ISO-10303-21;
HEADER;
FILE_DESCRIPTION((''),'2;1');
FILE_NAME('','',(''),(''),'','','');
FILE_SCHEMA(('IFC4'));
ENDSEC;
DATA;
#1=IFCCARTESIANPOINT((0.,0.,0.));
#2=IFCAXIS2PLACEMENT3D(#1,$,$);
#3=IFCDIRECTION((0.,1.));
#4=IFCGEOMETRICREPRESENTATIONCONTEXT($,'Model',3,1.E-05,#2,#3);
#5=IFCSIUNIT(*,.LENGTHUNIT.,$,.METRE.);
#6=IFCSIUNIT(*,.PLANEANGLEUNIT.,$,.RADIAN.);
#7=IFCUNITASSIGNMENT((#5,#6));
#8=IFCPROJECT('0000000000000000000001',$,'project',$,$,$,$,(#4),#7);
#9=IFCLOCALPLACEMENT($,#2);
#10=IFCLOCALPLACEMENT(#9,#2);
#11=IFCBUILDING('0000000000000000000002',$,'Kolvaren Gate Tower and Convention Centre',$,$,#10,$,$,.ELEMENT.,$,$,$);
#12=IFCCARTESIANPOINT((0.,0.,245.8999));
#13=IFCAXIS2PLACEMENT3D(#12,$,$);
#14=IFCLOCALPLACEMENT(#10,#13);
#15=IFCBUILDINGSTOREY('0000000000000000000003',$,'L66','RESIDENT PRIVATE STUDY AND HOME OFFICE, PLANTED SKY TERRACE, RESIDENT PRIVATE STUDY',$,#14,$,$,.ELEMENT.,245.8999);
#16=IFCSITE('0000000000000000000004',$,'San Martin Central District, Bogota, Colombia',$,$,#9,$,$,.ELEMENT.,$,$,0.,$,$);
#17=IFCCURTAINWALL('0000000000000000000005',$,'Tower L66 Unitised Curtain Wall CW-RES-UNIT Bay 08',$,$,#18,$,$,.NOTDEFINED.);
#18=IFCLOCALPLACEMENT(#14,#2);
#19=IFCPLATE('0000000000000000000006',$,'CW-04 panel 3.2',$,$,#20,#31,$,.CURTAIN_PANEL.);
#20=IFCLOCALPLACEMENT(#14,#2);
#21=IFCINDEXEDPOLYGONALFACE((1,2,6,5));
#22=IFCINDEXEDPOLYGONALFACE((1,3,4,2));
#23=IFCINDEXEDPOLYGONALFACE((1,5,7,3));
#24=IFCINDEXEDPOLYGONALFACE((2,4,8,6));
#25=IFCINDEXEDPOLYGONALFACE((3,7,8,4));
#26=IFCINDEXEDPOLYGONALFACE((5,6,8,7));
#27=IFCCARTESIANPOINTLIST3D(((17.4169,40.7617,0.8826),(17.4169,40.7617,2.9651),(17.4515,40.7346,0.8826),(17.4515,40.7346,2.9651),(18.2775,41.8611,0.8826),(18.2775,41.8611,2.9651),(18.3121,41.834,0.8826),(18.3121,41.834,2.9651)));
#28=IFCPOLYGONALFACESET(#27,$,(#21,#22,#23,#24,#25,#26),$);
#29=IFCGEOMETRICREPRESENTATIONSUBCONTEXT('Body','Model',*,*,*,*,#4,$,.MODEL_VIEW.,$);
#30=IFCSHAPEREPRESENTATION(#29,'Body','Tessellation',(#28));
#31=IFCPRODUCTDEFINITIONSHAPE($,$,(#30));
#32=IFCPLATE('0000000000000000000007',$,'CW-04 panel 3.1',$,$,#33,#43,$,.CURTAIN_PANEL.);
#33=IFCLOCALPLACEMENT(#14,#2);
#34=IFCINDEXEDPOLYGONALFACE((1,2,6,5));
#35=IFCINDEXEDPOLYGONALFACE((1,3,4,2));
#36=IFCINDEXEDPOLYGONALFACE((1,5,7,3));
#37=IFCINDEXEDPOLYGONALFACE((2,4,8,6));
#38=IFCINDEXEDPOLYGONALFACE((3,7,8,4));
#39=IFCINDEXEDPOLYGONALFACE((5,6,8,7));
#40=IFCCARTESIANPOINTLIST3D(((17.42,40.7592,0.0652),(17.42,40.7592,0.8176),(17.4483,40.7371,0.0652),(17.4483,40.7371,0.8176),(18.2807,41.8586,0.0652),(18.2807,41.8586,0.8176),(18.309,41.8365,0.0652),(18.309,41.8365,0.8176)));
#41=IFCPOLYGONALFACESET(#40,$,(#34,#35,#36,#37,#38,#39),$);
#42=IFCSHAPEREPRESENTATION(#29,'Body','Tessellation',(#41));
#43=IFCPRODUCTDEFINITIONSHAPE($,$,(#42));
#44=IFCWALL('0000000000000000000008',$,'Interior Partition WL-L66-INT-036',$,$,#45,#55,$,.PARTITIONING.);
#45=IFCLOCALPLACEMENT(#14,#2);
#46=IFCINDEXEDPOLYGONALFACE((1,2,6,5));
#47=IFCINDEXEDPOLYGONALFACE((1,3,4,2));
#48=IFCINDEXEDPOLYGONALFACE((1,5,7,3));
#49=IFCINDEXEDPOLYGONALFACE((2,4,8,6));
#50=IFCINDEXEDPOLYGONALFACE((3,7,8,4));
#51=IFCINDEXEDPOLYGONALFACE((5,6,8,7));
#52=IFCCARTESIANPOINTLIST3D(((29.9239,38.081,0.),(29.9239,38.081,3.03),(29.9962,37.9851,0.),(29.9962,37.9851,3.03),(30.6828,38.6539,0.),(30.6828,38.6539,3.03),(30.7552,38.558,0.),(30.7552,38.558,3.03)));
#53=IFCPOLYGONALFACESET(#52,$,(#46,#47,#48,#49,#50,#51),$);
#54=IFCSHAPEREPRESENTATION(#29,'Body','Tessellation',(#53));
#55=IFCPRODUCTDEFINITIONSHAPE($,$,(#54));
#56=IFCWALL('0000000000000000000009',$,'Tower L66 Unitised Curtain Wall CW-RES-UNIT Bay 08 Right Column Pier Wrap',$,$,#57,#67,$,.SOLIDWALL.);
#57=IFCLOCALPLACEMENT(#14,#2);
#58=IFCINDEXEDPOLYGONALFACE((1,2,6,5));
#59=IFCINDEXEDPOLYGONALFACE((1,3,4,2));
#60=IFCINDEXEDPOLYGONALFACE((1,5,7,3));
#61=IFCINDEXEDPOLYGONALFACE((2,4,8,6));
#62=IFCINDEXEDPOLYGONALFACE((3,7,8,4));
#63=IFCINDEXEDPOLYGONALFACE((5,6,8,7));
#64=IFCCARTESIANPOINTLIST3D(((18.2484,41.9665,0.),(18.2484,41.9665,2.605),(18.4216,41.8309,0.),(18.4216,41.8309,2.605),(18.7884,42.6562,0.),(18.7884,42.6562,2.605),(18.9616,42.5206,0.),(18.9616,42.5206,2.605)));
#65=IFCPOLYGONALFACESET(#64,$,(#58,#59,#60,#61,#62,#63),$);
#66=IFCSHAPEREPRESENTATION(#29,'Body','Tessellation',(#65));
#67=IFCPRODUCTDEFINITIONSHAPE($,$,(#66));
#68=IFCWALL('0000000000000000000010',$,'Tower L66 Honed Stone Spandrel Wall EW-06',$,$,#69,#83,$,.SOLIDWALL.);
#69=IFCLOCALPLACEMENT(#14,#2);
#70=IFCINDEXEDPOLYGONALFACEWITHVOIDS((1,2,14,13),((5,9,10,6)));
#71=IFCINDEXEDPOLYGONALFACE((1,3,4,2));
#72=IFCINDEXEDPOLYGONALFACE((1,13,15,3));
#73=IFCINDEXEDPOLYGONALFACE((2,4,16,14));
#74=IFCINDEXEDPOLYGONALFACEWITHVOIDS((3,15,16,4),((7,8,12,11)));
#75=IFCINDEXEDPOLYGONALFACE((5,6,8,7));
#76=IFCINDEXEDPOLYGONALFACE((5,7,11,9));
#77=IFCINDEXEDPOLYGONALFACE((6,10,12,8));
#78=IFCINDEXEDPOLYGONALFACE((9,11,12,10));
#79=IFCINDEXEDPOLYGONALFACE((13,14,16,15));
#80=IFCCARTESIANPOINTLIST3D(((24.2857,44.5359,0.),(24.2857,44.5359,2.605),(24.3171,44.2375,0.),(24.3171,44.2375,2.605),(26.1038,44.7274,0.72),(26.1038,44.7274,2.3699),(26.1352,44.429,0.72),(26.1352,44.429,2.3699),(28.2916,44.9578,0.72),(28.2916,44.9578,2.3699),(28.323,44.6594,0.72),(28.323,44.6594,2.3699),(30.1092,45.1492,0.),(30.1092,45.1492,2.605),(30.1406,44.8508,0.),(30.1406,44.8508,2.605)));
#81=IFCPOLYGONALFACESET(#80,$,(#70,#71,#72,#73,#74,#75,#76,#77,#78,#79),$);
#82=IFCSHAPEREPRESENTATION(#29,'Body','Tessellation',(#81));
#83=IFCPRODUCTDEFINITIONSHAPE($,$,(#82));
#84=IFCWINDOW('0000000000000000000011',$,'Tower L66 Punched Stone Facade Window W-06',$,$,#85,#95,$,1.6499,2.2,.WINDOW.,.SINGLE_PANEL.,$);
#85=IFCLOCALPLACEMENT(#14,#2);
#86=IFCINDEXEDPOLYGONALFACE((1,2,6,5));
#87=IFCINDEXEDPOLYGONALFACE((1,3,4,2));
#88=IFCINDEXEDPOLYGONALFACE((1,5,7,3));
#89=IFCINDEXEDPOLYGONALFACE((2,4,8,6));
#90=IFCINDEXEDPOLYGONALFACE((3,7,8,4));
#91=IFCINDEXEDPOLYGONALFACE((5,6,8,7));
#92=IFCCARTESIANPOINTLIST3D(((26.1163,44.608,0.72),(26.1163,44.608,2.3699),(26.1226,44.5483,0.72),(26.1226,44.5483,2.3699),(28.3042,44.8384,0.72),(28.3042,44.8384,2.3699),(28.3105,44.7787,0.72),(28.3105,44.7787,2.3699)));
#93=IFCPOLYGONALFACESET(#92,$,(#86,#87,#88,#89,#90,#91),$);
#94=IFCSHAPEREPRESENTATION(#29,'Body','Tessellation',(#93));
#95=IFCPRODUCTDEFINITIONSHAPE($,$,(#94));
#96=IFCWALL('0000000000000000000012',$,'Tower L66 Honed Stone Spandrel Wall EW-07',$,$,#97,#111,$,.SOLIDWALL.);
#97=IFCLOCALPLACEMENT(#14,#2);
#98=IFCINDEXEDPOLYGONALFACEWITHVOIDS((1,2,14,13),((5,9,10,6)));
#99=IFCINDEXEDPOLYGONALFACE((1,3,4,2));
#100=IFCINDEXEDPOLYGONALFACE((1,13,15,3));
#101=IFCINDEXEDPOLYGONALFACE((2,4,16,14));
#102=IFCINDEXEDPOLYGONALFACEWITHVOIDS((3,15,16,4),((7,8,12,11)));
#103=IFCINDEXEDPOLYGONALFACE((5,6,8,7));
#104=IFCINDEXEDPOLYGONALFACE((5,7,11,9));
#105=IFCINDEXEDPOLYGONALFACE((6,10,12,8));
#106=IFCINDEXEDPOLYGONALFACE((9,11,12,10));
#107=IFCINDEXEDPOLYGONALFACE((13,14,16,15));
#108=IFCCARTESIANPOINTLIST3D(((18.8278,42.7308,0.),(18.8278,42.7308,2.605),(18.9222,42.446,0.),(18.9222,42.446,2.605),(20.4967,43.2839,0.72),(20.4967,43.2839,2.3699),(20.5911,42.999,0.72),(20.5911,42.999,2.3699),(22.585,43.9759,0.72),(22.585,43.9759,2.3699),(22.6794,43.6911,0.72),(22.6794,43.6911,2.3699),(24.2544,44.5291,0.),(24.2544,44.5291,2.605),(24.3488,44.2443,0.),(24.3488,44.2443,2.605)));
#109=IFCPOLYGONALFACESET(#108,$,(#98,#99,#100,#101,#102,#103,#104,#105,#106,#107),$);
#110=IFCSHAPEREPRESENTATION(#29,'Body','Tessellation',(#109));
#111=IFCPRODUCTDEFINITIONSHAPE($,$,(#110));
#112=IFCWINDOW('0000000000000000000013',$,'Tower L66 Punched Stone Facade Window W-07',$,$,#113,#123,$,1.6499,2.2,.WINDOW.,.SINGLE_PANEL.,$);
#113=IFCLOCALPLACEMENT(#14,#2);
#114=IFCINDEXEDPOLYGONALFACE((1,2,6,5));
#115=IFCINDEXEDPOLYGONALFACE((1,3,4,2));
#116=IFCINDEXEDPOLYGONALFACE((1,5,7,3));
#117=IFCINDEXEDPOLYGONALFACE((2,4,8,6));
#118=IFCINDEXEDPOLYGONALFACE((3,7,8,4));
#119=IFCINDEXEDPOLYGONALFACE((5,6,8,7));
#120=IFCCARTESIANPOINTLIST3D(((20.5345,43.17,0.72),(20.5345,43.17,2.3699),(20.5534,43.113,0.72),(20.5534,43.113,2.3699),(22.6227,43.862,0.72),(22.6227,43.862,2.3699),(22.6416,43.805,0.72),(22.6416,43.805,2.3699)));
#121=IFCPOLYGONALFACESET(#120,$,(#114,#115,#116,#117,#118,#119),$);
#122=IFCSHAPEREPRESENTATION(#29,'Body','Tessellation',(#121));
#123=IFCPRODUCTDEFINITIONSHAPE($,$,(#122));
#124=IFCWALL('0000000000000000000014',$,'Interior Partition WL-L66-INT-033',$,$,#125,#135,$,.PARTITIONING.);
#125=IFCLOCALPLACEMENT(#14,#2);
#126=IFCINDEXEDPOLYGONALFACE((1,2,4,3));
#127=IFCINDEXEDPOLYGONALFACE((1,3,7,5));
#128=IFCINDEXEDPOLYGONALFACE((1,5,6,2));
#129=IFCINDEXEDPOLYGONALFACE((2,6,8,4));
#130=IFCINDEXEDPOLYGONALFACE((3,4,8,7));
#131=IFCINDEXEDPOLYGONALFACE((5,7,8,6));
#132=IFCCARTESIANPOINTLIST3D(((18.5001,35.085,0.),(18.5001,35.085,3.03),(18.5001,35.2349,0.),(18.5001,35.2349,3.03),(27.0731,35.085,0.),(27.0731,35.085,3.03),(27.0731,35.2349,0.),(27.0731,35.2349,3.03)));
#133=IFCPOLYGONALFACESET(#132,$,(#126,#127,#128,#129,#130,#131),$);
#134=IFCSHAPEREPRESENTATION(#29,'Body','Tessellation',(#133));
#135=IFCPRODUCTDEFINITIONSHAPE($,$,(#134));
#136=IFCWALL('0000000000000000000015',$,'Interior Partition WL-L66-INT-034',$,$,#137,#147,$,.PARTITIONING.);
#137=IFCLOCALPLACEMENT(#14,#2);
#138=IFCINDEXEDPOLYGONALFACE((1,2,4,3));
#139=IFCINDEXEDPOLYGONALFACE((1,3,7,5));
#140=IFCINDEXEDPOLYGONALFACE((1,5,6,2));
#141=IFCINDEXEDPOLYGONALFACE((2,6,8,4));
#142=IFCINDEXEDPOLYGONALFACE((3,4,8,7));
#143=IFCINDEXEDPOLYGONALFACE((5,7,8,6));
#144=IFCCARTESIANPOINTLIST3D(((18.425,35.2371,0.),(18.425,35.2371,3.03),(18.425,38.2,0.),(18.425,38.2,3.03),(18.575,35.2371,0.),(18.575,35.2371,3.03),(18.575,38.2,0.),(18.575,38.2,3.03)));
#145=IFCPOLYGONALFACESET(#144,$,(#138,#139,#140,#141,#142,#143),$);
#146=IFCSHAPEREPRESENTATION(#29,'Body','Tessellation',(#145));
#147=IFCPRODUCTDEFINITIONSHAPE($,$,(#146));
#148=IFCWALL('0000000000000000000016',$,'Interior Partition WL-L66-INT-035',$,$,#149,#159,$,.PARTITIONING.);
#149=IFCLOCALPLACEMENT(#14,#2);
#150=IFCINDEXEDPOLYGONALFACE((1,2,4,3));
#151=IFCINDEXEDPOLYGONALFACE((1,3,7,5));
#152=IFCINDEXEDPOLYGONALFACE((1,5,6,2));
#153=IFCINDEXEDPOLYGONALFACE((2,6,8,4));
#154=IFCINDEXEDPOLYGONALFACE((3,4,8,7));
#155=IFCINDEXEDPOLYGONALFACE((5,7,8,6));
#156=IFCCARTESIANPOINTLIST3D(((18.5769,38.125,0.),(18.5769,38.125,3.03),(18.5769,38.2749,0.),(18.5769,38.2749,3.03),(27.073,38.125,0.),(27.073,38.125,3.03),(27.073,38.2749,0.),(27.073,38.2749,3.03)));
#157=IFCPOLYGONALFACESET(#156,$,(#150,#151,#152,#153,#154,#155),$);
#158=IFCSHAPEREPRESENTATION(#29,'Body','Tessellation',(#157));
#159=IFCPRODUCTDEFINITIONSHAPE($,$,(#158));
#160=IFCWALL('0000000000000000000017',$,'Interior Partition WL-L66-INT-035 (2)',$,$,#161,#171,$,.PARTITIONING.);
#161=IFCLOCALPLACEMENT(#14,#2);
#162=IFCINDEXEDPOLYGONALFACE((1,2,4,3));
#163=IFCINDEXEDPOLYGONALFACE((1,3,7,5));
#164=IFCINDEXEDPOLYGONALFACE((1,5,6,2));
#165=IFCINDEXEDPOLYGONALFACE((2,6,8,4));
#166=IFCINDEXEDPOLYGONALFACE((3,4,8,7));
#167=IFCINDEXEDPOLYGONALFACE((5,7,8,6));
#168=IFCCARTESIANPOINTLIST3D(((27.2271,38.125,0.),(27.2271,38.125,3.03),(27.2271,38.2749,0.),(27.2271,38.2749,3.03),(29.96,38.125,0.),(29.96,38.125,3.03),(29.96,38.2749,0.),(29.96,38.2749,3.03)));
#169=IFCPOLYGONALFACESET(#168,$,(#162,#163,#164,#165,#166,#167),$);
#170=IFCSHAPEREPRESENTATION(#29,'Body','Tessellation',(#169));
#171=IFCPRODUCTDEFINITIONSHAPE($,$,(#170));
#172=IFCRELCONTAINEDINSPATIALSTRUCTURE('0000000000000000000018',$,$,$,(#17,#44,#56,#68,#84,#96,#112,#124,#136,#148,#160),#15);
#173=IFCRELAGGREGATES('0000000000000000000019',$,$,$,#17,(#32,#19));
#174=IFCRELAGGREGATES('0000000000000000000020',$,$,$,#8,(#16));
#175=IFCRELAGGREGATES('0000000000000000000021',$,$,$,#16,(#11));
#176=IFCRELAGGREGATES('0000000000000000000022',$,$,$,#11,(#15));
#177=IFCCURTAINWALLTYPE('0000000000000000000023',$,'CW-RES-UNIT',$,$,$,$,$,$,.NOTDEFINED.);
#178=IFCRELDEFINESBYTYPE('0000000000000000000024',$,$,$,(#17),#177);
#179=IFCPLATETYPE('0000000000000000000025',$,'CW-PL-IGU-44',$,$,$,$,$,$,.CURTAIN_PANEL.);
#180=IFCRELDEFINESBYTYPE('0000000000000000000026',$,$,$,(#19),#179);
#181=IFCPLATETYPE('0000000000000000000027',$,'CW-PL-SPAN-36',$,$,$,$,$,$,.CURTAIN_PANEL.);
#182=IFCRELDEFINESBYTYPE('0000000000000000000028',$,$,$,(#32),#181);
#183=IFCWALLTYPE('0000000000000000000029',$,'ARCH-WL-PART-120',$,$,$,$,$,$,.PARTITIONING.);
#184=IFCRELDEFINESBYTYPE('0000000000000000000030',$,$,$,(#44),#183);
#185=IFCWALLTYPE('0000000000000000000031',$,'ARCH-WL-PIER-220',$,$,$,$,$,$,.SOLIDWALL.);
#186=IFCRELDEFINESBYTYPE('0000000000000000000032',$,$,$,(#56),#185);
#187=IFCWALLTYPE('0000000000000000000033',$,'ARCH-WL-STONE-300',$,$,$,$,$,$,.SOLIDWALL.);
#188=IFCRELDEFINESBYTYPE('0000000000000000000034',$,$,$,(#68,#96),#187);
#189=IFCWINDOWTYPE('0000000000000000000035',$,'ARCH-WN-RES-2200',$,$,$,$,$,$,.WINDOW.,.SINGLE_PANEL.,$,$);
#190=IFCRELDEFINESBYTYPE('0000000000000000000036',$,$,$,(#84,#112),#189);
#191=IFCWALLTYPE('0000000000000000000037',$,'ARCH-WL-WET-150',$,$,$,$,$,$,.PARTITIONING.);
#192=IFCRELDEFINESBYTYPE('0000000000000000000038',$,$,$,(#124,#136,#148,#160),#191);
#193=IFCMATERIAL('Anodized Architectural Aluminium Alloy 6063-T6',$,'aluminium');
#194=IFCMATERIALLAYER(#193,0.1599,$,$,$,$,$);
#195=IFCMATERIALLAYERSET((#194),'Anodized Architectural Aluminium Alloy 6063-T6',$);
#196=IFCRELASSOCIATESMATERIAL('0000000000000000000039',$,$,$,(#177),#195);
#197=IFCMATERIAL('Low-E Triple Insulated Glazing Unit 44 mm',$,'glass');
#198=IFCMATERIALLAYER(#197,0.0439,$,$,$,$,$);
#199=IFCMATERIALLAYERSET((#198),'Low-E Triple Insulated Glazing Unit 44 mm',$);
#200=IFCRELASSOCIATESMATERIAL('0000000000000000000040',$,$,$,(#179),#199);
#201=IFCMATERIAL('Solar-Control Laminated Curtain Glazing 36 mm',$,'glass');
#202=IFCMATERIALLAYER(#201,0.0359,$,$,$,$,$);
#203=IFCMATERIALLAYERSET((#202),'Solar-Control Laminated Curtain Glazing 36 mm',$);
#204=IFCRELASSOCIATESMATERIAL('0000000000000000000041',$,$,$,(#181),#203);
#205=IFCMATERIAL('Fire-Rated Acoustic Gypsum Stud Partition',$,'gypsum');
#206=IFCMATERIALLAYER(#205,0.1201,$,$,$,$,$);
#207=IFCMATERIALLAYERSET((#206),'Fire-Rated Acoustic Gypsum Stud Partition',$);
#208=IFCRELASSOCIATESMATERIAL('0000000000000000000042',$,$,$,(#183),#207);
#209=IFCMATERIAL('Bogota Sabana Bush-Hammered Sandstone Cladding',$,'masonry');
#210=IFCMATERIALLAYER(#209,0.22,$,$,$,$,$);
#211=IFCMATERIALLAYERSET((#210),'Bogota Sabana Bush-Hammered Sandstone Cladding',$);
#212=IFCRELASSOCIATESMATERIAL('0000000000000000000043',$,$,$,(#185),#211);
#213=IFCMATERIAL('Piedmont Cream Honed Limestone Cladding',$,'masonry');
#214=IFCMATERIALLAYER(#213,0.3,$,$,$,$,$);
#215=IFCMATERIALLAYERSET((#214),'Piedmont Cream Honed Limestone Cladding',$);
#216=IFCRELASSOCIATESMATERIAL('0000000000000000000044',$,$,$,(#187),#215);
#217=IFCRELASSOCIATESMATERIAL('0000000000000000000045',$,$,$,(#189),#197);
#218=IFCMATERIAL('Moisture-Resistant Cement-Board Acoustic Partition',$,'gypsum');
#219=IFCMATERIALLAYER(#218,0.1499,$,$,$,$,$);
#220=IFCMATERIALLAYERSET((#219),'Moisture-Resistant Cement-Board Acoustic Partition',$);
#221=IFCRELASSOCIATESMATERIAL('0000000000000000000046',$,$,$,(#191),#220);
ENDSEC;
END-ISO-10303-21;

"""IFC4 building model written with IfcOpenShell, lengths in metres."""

from ifc_helpers import new_model, si_unit, direction, frame, frame_2d, origin, origin_2d, place, context, subcontext, project, spatial, rectangle, extrude, material, layer, layer_set, type_object, element, fill, aggregate, save


model = new_model("IFC4")

# Units and contexts
model_context = context("Model", 3, precision=1e-05, world=origin(), true_north=direction((0.0, 1.0)))
body_context = subcontext(model_context, "Body", "Model", "MODEL_VIEW")
ifc_project = project(units=[si_unit("LENGTHUNIT", "METRE"), si_unit("PLANEANGLEUNIT", "RADIAN")], contexts=[model_context])

# Site, building, storey
site_placement = place(None, origin())
site = spatial("IfcSite", under=ifc_project, at=site_placement, Name="San Martin Central District, Bogota, Colombia", CompositionType="ELEMENT", RefElevation=0.0)
building_placement = place(site_placement, origin())
building = spatial("IfcBuilding", under=site, at=building_placement, Name="Kolvaren Gate Tower and Convention Centre", CompositionType="ELEMENT")
storey_placement = place(building_placement, frame((0.0, 0.0, 245.8999)))
storey = spatial("IfcBuildingStorey", under=building, at=storey_placement, Name="L66", Description="RESIDENT PRIVATE STUDY AND HOME OFFICE, PLANTED SKY TERRACE, RESIDENT PRIVATE STUDY", CompositionType="ELEMENT", Elevation=245.8999)

# Curtain wall
ifc_material_1 = material(Name="Anodized Architectural Aluminium Alloy 6063-T6", Category="aluminium")
ifc_layer_1 = layer(ifc_material_1, 0.1599)
ifc_layer_set_1 = layer_set([ifc_layer_1], Name="Anodized Architectural Aluminium Alloy 6063-T6")
curtain_wall_type = type_object("IfcCurtainWallType", Name="CW-RES-UNIT", PredefinedType="NOTDEFINED", material=ifc_layer_set_1)
curtain_wall_placement = place(storey_placement, origin())
curtain_wall = element("IfcCurtainWall", 1, at=curtain_wall_placement, inside=storey, type_object=curtain_wall_type, Name="Tower L66 Unitised Curtain Wall CW-RES-UNIT Bay 08", PredefinedType="NOTDEFINED")

# Plates
ifc_material_2 = material(Name="Low-E Triple Insulated Glazing Unit 44 mm", Category="glass")
ifc_layer_2 = layer(ifc_material_2, 0.0439)
ifc_layer_set_2 = layer_set([ifc_layer_2], Name="Low-E Triple Insulated Glazing Unit 44 mm")
plate_type_1 = type_object("IfcPlateType", Name="CW-PL-IGU-44", PredefinedType="CURTAIN_PANEL", material=ifc_layer_set_2)
plate_1_placement = place(storey_placement, frame((17.8645, 41.2979, 0.8826), z_axis=(0.0, 0.0, 1.0), x_axis=(0.616425, 0.787414, 0.0)))
plate_1 = element("IfcPlate", 2, at=plate_1_placement, type_object=plate_type_1, Name="CW-04 panel 3.2", PredefinedType="CURTAIN_PANEL", context=body_context, shape_type="SweptSolid", body=[
    extrude(rectangle(XDim=1.3962, YDim=0.0439, at=origin_2d()), origin(), (0.0, 0.0, 1.0), 2.0825),
])
ifc_material_3 = material(Name="Solar-Control Laminated Curtain Glazing 36 mm", Category="glass")
ifc_layer_3 = layer(ifc_material_3, 0.0359)
ifc_layer_set_3 = layer_set([ifc_layer_3], Name="Solar-Control Laminated Curtain Glazing 36 mm")
plate_type_2 = type_object("IfcPlateType", Name="CW-PL-SPAN-36", PredefinedType="CURTAIN_PANEL", material=ifc_layer_set_3)
plate_2_placement = place(storey_placement, frame((17.8645, 41.2979, 0.0652), z_axis=(0.0, 0.0, 1.0), x_axis=(0.616425, 0.787414, 0.0)))
plate_2 = element("IfcPlate", 3, at=plate_2_placement, type_object=plate_type_2, Name="CW-04 panel 3.1", PredefinedType="CURTAIN_PANEL", context=body_context, shape_type="SweptSolid", body=[
    extrude(rectangle(XDim=1.3962, YDim=0.0359, at=origin_2d()), origin(), (0.0, 0.0, 1.0), 0.7524),
])
aggregate(curtain_wall, [plate_2, plate_1])

# Walls
ifc_material_4 = material(Name="Fire-Rated Acoustic Gypsum Stud Partition", Category="gypsum")
ifc_layer_4 = layer(ifc_material_4, 0.1201)
ifc_layer_set_4 = layer_set([ifc_layer_4], Name="Fire-Rated Acoustic Gypsum Stud Partition")
wall_type_1 = type_object("IfcWallType", Name="ARCH-WL-PART-120", PredefinedType="PARTITIONING", material=ifc_layer_set_4)
wall_1_placement = place(storey_placement, frame((29.96, 38.033, 0.0), z_axis=(0.0, 0.0, 1.0), x_axis=(0.798117, 0.602503, 0.0)))
element("IfcWall", 4, at=wall_1_placement, inside=storey, type_object=wall_type_1, Name="Interior Partition WL-L66-INT-036", PredefinedType="PARTITIONING", context=body_context, shape_type="SweptSolid", body=[
    extrude(rectangle(XDim=0.9509, YDim=0.1201, at=frame_2d((0.4756, 0.0))), origin(), (0.0, 0.0, 1.0), 3.03),
])
ifc_material_5 = material(Name="Bogota Sabana Bush-Hammered Sandstone Cladding", Category="masonry")
ifc_layer_5 = layer(ifc_material_5, 0.22)
ifc_layer_set_5 = layer_set([ifc_layer_5], Name="Bogota Sabana Bush-Hammered Sandstone Cladding")
wall_type_2 = type_object("IfcWallType", Name="ARCH-WL-PIER-220", PredefinedType="SOLIDWALL", material=ifc_layer_set_5)
wall_2_placement = place(storey_placement, frame((18.335, 41.8987, 0.0), z_axis=(0.0, 0.0, 1.0), x_axis=(0.616504, 0.787352, 0.0)))
element("IfcWall", 5, at=wall_2_placement, inside=storey, type_object=wall_type_2, Name="Tower L66 Unitised Curtain Wall CW-RES-UNIT Bay 08 Right Column Pier Wrap", PredefinedType="SOLIDWALL", context=body_context, shape_type="SweptSolid", body=[
    extrude(rectangle(XDim=0.876, YDim=0.22, at=frame_2d((0.438, 0.0))), origin(), (0.0, 0.0, 1.0), 2.605),
])

# Walls, openings, windows
ifc_material_6 = material(Name="Piedmont Cream Honed Limestone Cladding", Category="masonry")
ifc_layer_6 = layer(ifc_material_6, 0.3)
ifc_layer_set_6 = layer_set([ifc_layer_6], Name="Piedmont Cream Honed Limestone Cladding")
wall_type_3 = type_object("IfcWallType", Name="ARCH-WL-STONE-300", PredefinedType="SOLIDWALL", material=ifc_layer_set_6)
wall_3_placement = place(storey_placement, frame((24.3015, 44.3867, 0.0), z_axis=(0.0, 0.0, 1.0), x_axis=(0.9945, 0.104733, 0.0)))
wall_3 = element("IfcWall", 6, at=wall_3_placement, inside=storey, type_object=wall_type_3, Name="Tower L66 Honed Stone Spandrel Wall EW-06", PredefinedType="SOLIDWALL", context=body_context, shape_type="SweptSolid", body=[
    extrude(rectangle(XDim=5.8557, YDim=0.3, at=frame_2d((2.9277, 0.0))), origin(), (0.0, 0.0, 1.0), 2.605),
])
opening_1_placement = place(wall_3_placement, frame((1.8279, 0.0, 0.72)))
opening_1 = element("IfcOpeningElement", 7, at=opening_1_placement, cuts=wall_3, PredefinedType="OPENING", context=body_context, shape_type="SweptSolid", body=[
    extrude(rectangle(XDim=2.2, YDim=1.6499, at=frame_2d((1.1001, 0.825))), frame((0.0, 0.1599, 0.0), z_axis=(0.0, -1.0, 0.0), x_axis=(1.0, 0.0, 0.0)), (0.0, 0.0, 1.0), 0.3201),
])
window_type = type_object("IfcWindowType", Name="ARCH-WN-RES-2200", PartitioningType="SINGLE_PANEL", PredefinedType="WINDOW", material=ifc_material_2)
window_1_placement = place(opening_1_placement, origin())
window_1 = element("IfcWindow", 8, at=window_1_placement, inside=storey, type_object=window_type, Name="Tower L66 Punched Stone Facade Window W-06", OverallHeight=1.6499, OverallWidth=2.2, PartitioningType="SINGLE_PANEL", PredefinedType="WINDOW", context=body_context, shape_type="SweptSolid", body=[
    extrude(rectangle(XDim=2.2, YDim=1.6499, at=frame_2d((1.1001, 0.825))), frame((0.0, 0.03, 0.0), z_axis=(0.0, -1.0, 0.0), x_axis=(1.0, 0.0, 0.0)), (0.0, 0.0, 1.0), 0.0601),
])
fill(opening_1, window_1)
wall_4_placement = place(storey_placement, frame((18.875, 42.5884, 0.0), z_axis=(0.0, 0.0, 1.0), x_axis=(0.949233, 0.314575, 0.0)))
wall_4 = element("IfcWall", 9, at=wall_4_placement, inside=storey, type_object=wall_type_3, Name="Tower L66 Honed Stone Spandrel Wall EW-07", PredefinedType="SOLIDWALL", context=body_context, shape_type="SweptSolid", body=[
    extrude(rectangle(XDim=5.7168, YDim=0.3, at=frame_2d((2.8584, 0.0))), origin(), (0.0, 0.0, 1.0), 2.605),
])
opening_2_placement = place(wall_4_placement, frame((1.7581, 0.0, 0.72)))
opening_2 = element("IfcOpeningElement", 10, at=opening_2_placement, cuts=wall_4, PredefinedType="OPENING", context=body_context, shape_type="SweptSolid", body=[
    extrude(rectangle(XDim=2.2, YDim=1.6499, at=frame_2d((1.1001, 0.825))), frame((0.0, 0.1599, 0.0), z_axis=(0.0, -1.0, 0.0), x_axis=(1.0, 0.0, 0.0)), (0.0, 0.0, 1.0), 0.3201),
])
window_2_placement = place(opening_2_placement, origin())
window_2 = element("IfcWindow", 11, at=window_2_placement, inside=storey, type_object=window_type, Name="Tower L66 Punched Stone Facade Window W-07", OverallHeight=1.6499, OverallWidth=2.2, PartitioningType="SINGLE_PANEL", PredefinedType="WINDOW", context=body_context, shape_type="SweptSolid", body=[
    extrude(rectangle(XDim=2.2, YDim=1.6499, at=frame_2d((1.1001, 0.825))), frame((0.0, 0.03, 0.0), z_axis=(0.0, -1.0, 0.0), x_axis=(1.0, 0.0, 0.0)), (0.0, 0.0, 1.0), 0.0601),
])
fill(opening_2, window_2)

# Walls
ifc_material_7 = material(Name="Moisture-Resistant Cement-Board Acoustic Partition", Category="gypsum")
ifc_layer_7 = layer(ifc_material_7, 0.1499)
ifc_layer_set_7 = layer_set([ifc_layer_7], Name="Moisture-Resistant Cement-Board Acoustic Partition")
wall_type_4 = type_object("IfcWallType", Name="ARCH-WL-WET-150", PredefinedType="PARTITIONING", material=ifc_layer_set_7)
wall_5_placement = place(storey_placement, frame((18.5, 35.1599, 0.0), z_axis=(0.0, 0.0, 1.0), x_axis=(1.0, 0.0, 0.0)))
element("IfcWall", 12, at=wall_5_placement, inside=storey, type_object=wall_type_4, Name="Interior Partition WL-L66-INT-033", PredefinedType="PARTITIONING", context=body_context, shape_type="SweptSolid", body=[
    extrude(rectangle(XDim=8.573, YDim=0.1499, at=frame_2d((4.2866, 0.0))), origin(), (0.0, 0.0, 1.0), 3.03),
])
wall_6_placement = place(storey_placement, frame((18.5, 35.2371, 0.0), z_axis=(0.0, 0.0, 1.0), x_axis=(0.0, 1.0, 0.0)))
element("IfcWall", 13, at=wall_6_placement, inside=storey, type_object=wall_type_4, Name="Interior Partition WL-L66-INT-034", PredefinedType="PARTITIONING", context=body_context, shape_type="SweptSolid", body=[
    extrude(rectangle(XDim=2.9629, YDim=0.1499, at=frame_2d((1.4814, 0.0))), origin(), (0.0, 0.0, 1.0), 3.03),
])
wall_7_placement = place(storey_placement, frame((18.5769, 38.2, 0.0), z_axis=(0.0, 0.0, 1.0), x_axis=(1.0, 0.0, 0.0)))
element("IfcWall", 14, at=wall_7_placement, inside=storey, type_object=wall_type_4, Name="Interior Partition WL-L66-INT-035", PredefinedType="PARTITIONING", context=body_context, shape_type="SweptSolid", body=[
    extrude(rectangle(XDim=8.4961, YDim=0.1499, at=frame_2d((4.248, 0.0))), origin(), (0.0, 0.0, 1.0), 3.03),
])
wall_8_placement = place(storey_placement, frame((27.2271, 38.2, 0.0), z_axis=(0.0, 0.0, 1.0), x_axis=(1.0, 0.0, 0.0)))
element("IfcWall", 15, at=wall_8_placement, inside=storey, type_object=wall_type_4, Name="Interior Partition WL-L66-INT-035 (2)", PredefinedType="PARTITIONING", context=body_context, shape_type="SweptSolid", body=[
    extrude(rectangle(XDim=2.7329, YDim=0.1499, at=frame_2d((1.3665, 0.0))), origin(), (0.0, 0.0, 1.0), 3.03),
])

save(model, "model.ifc")
